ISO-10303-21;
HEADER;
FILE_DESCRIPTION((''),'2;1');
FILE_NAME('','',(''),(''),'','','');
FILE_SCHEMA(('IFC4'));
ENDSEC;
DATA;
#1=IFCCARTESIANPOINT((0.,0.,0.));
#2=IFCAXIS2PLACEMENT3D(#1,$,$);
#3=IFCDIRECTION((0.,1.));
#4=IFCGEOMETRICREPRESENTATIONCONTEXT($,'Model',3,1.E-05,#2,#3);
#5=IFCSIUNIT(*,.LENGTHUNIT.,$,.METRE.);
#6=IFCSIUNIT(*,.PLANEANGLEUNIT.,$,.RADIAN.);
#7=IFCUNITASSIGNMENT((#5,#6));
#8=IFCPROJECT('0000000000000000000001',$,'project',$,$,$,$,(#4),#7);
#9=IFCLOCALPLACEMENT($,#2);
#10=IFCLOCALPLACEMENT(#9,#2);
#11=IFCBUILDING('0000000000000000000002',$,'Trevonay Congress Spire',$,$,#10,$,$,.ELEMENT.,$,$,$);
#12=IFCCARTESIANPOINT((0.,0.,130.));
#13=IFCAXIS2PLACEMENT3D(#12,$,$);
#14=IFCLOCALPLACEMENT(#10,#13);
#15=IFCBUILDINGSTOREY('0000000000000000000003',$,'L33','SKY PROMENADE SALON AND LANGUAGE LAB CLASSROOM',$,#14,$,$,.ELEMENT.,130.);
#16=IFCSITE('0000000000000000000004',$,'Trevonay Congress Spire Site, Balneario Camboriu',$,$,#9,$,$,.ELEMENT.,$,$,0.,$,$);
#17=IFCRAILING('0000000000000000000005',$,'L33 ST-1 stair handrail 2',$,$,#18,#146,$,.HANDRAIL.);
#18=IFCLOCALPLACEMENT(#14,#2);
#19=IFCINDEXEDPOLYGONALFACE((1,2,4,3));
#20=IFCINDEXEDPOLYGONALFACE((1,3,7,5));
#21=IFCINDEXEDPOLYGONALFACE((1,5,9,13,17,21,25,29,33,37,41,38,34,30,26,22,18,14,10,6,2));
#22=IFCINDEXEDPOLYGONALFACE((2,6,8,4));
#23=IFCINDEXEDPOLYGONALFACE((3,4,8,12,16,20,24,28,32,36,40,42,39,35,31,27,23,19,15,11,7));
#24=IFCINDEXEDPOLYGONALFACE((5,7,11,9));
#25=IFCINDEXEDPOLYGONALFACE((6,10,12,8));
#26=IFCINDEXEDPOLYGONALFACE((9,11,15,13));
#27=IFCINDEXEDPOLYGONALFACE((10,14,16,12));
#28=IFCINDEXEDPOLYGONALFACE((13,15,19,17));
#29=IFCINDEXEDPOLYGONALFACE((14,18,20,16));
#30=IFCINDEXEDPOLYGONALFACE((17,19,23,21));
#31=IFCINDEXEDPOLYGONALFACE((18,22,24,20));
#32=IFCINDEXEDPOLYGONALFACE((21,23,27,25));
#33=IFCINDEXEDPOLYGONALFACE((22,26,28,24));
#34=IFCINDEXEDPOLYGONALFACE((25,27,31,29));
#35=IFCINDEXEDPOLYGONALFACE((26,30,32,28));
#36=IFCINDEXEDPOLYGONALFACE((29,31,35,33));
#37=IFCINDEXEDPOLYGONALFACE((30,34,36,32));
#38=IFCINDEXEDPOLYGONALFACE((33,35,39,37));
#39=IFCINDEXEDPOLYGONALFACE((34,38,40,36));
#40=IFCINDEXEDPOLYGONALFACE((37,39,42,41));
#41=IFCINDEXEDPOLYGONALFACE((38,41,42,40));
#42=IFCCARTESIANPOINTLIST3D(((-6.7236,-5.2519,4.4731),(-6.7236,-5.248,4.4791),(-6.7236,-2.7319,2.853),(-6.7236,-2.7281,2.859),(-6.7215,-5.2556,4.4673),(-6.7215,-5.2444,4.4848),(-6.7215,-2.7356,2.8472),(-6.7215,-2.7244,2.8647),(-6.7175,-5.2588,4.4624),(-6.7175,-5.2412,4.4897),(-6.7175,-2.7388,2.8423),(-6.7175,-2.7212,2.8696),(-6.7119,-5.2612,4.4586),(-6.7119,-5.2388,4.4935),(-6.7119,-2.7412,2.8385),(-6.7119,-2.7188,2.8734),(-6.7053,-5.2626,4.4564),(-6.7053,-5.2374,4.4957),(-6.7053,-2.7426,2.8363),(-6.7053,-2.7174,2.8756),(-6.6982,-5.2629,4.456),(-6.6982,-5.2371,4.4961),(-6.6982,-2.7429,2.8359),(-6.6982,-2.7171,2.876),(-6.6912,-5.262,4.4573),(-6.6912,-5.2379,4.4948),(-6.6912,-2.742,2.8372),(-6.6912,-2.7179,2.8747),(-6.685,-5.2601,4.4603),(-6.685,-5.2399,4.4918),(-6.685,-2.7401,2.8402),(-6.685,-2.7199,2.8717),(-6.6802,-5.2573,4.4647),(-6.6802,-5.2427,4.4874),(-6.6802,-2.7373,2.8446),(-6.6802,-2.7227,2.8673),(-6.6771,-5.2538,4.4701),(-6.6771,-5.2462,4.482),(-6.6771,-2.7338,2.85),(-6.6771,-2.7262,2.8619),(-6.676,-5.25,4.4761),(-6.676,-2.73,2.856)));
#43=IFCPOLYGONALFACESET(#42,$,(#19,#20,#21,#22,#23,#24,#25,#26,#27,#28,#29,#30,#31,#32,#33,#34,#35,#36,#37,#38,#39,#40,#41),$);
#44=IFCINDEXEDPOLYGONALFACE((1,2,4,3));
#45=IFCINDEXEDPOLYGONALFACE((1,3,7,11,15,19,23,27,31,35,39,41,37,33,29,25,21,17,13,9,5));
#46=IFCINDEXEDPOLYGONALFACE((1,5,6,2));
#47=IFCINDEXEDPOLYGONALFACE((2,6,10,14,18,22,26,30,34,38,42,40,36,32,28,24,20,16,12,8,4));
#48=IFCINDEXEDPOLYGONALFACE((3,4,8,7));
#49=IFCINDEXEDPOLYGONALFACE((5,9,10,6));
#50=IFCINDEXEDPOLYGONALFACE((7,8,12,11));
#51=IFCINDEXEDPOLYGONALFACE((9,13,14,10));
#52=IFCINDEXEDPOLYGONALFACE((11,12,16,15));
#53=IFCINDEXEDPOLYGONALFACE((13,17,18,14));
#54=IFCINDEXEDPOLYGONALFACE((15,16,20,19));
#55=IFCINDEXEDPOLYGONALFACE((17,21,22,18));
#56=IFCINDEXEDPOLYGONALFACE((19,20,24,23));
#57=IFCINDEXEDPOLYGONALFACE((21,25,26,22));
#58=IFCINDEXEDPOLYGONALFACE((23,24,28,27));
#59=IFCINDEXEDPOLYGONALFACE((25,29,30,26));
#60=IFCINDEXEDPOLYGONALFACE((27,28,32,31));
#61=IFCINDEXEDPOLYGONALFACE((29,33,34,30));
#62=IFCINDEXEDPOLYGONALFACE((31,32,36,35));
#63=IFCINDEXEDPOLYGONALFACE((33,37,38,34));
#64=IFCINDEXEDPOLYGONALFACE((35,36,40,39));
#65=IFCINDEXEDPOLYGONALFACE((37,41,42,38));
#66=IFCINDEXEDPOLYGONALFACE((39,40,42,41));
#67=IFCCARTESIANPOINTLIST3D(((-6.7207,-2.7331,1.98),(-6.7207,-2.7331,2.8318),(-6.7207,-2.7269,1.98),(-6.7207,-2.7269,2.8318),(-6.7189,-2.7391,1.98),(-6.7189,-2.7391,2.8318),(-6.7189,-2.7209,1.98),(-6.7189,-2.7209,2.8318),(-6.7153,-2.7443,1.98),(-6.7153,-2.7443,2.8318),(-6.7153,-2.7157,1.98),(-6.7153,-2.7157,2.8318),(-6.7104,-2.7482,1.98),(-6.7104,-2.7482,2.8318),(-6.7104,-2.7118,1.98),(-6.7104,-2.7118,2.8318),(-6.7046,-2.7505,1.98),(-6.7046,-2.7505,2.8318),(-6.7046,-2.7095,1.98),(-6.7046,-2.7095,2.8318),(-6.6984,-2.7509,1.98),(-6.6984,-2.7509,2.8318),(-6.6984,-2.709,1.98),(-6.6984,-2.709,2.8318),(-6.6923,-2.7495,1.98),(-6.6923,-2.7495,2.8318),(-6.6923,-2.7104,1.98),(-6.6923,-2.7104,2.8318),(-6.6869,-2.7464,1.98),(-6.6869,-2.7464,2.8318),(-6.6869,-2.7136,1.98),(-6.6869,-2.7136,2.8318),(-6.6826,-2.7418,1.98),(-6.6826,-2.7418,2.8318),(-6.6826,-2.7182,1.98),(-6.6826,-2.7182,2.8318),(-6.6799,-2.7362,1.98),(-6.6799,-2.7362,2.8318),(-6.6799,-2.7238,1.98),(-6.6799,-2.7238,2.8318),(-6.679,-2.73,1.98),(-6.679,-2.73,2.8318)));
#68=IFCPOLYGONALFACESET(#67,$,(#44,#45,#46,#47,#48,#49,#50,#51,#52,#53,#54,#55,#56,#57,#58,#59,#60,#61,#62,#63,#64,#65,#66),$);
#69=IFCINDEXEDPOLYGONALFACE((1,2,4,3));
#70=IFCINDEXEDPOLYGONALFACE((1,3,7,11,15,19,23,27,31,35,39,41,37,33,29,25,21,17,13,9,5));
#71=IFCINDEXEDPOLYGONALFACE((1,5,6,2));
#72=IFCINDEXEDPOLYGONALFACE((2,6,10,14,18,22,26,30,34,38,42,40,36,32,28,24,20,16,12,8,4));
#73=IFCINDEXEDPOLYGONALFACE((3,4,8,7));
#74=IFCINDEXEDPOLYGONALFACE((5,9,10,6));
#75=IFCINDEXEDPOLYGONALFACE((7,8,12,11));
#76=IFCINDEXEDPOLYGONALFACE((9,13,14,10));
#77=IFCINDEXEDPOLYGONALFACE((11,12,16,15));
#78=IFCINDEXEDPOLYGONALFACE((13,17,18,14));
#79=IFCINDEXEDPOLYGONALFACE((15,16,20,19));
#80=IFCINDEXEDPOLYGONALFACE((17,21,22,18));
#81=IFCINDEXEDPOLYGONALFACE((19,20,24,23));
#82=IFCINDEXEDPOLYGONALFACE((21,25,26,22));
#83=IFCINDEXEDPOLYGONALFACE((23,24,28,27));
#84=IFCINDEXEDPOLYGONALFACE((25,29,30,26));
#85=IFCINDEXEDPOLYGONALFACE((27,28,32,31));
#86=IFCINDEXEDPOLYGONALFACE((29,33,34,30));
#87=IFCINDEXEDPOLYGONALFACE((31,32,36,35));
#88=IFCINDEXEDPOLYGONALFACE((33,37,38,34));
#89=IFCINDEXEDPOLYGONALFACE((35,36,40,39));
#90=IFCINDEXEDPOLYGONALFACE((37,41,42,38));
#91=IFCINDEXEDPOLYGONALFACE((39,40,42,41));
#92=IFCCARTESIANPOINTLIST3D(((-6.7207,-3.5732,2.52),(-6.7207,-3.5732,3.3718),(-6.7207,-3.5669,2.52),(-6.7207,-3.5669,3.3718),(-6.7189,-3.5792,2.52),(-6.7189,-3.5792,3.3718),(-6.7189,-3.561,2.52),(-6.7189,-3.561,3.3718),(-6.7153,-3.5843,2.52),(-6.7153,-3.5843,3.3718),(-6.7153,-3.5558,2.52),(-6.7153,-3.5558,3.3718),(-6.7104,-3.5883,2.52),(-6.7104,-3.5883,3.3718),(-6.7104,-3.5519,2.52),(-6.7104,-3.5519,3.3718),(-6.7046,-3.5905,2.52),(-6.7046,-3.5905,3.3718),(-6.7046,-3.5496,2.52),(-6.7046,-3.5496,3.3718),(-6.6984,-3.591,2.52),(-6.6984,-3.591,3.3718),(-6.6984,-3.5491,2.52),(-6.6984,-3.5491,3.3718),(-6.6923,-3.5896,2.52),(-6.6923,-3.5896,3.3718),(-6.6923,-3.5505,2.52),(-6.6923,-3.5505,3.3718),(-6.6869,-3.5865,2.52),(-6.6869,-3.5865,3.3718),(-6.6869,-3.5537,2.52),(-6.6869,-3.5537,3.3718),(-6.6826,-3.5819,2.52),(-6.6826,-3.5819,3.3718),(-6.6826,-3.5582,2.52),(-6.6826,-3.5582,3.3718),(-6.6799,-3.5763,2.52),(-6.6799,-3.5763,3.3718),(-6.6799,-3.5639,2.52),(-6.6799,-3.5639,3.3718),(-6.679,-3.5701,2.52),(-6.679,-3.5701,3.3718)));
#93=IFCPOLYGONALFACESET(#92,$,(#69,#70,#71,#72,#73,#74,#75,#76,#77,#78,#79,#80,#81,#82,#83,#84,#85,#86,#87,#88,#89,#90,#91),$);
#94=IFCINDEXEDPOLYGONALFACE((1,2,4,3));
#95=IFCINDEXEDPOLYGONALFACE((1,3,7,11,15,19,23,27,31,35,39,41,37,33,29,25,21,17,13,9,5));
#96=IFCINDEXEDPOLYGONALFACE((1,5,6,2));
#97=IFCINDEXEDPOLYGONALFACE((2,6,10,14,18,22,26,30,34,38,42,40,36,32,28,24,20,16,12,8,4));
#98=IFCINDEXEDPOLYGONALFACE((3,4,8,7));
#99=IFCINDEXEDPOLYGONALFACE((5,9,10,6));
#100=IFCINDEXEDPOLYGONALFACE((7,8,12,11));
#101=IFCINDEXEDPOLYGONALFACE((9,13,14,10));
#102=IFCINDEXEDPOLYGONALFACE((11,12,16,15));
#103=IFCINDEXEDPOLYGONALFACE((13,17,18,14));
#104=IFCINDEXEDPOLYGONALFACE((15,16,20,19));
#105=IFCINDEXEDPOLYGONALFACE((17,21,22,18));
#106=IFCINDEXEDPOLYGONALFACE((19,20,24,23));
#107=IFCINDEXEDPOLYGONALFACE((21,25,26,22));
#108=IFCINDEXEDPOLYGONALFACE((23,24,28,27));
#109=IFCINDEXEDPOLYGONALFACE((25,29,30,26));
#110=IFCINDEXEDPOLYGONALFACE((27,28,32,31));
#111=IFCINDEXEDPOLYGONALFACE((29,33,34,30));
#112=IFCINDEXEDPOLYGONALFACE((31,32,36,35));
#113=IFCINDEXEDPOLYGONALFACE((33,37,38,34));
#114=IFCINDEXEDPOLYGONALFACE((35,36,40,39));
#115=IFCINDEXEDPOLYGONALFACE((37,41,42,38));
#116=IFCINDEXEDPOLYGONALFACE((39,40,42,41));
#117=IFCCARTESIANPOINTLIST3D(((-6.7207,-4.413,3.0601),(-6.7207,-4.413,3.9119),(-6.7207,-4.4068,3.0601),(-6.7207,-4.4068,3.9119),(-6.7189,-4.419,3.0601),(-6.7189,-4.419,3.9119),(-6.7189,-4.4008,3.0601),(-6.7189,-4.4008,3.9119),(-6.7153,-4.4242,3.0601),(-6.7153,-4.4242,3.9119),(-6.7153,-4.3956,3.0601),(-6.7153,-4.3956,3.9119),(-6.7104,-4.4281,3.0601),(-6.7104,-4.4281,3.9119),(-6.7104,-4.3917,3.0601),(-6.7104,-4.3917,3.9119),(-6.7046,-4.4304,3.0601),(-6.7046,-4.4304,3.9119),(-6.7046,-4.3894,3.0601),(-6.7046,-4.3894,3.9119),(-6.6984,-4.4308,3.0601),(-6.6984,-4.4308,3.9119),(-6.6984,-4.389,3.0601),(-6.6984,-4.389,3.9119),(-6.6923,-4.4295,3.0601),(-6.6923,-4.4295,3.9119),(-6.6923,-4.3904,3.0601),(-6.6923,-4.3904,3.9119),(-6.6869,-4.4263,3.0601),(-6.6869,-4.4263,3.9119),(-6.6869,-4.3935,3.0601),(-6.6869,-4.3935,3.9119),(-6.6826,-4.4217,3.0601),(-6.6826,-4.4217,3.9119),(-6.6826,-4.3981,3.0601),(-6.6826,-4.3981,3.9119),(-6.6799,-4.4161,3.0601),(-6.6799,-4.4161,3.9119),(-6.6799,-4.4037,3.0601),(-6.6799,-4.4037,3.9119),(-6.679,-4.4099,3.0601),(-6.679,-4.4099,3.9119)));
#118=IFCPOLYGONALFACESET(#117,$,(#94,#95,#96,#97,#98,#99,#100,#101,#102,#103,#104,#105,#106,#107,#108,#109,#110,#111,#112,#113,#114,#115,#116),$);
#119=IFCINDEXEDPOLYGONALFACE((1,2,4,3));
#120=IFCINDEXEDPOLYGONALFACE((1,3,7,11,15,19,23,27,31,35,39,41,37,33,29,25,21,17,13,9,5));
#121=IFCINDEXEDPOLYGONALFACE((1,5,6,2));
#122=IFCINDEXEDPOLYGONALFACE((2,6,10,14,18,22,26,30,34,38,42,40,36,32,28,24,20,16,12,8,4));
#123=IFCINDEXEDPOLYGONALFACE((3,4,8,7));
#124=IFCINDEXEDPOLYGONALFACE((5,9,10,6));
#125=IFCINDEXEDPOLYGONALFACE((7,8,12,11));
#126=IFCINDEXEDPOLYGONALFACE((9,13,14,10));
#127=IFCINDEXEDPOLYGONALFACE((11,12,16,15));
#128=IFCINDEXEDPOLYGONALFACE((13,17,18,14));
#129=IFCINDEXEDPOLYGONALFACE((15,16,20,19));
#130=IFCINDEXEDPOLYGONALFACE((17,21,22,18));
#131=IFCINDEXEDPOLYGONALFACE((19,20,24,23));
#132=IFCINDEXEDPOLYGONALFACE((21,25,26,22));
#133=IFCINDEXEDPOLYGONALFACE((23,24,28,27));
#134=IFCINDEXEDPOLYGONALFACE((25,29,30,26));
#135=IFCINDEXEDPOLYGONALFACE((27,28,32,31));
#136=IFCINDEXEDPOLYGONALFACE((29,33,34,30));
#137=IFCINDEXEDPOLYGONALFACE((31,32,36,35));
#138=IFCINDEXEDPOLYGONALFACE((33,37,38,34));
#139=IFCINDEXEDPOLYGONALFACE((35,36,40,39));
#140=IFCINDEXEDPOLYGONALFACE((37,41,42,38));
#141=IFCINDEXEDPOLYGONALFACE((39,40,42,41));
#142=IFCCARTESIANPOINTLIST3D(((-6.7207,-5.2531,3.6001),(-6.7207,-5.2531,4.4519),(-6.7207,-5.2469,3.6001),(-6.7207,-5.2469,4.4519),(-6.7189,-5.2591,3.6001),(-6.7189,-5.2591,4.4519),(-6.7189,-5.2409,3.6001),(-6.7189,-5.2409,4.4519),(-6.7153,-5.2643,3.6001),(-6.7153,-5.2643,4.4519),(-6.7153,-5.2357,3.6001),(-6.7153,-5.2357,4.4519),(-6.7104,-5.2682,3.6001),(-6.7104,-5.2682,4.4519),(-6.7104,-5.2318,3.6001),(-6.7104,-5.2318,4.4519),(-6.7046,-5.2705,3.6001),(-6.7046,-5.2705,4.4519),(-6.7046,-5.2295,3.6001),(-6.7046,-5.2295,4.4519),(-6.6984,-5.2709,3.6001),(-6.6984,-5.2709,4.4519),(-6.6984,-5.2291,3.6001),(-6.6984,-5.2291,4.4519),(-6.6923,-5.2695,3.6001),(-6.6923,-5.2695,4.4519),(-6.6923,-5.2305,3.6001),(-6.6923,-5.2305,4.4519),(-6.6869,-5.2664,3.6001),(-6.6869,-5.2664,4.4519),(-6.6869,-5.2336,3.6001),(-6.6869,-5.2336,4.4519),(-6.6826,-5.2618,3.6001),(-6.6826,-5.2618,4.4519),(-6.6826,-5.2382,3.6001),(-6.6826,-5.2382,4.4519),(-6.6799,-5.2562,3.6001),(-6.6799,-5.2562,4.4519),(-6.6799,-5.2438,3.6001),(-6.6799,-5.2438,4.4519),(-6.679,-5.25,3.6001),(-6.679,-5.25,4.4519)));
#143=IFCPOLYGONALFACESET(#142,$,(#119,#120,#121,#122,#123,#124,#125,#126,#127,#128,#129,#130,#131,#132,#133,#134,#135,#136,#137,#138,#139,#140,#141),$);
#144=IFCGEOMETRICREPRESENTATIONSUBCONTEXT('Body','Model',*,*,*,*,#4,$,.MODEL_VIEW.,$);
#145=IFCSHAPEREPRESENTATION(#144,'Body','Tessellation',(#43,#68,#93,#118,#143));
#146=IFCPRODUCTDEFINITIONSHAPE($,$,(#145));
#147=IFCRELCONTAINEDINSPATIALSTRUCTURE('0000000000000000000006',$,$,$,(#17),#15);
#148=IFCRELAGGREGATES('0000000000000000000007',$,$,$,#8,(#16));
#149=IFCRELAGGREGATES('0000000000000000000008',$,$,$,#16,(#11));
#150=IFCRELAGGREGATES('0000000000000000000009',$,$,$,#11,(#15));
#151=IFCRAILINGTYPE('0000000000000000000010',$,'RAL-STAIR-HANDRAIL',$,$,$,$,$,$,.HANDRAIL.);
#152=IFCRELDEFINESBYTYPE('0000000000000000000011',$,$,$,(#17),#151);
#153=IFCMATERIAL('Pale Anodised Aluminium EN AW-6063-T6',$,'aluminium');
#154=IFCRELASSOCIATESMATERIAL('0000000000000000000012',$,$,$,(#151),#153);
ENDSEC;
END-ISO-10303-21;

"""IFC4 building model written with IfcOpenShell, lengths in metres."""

from ifc_helpers import new_model, si_unit, direction, frame, origin, origin_2d, place, context, subcontext, project, spatial, circle, extrude, material, type_object, element, save


model = new_model("IFC4")

# Units and contexts
model_context = context("Model", 3, precision=1e-05, world=origin(), true_north=direction((0.0, 1.0)))
body_context = subcontext(model_context, "Body", "Model", "MODEL_VIEW")
ifc_project = project(units=[si_unit("LENGTHUNIT", "METRE"), si_unit("PLANEANGLEUNIT", "RADIAN")], contexts=[model_context])

# Site, building, storey
site_placement = place(None, origin())
site = spatial("IfcSite", under=ifc_project, at=site_placement, Name="Trevonay Congress Spire Site, Balneario Camboriu", CompositionType="ELEMENT", RefElevation=0.0)
building_placement = place(site_placement, origin())
building = spatial("IfcBuilding", under=site, at=building_placement, Name="Trevonay Congress Spire", CompositionType="ELEMENT")
storey_placement = place(building_placement, frame((0.0, 0.0, 130.0)))
storey = spatial("IfcBuildingStorey", under=building, at=storey_placement, Name="L33", Description="SKY PROMENADE SALON AND LANGUAGE LAB CLASSROOM", CompositionType="ELEMENT", Elevation=130.0)

# Shared definitions
ifc_material_1 = material(Name="Pale Anodised Aluminium EN AW-6063-T6", Category="aluminium")

# Railing
railing_type_1 = type_object("IfcRailingType", Name="RAL-STAIR-HANDRAIL", PredefinedType="HANDRAIL", material=ifc_material_1)
railing_1_placement = place(storey_placement, frame((-6.7, -2.73, 1.98)))
element("IfcRailing", 1, at=railing_1_placement, inside=storey, type_object=railing_type_1, Name="L33 ST-1 stair handrail 2", PredefinedType="HANDRAIL", context=body_context, shape_type="SweptSolid", body=[
    extrude(circle(Radius=0.0239, at=origin_2d()), frame((0.0, 0.0, 0.876), z_axis=(0.0, -0.841163, 0.540782), x_axis=(1.0, 0.0, 0.0)), (0.0, 0.0, 1.0), 2.9958),
    extrude(circle(Radius=0.021, at=origin_2d()), origin(), (0.0, 0.0, 1.0), 0.8518),
    extrude(circle(Radius=0.021, at=origin_2d()), frame((0.0, -0.8401, 0.54)), (0.0, 0.0, 1.0), 0.8518),
    extrude(circle(Radius=0.021, at=origin_2d()), frame((0.0, -1.6799, 1.0801)), (0.0, 0.0, 1.0), 0.8518),
    extrude(circle(Radius=0.021, at=origin_2d()), frame((0.0, -2.52, 1.6201)), (0.0, 0.0, 1.0), 0.8518),
])

save(model, "model.ifc")
